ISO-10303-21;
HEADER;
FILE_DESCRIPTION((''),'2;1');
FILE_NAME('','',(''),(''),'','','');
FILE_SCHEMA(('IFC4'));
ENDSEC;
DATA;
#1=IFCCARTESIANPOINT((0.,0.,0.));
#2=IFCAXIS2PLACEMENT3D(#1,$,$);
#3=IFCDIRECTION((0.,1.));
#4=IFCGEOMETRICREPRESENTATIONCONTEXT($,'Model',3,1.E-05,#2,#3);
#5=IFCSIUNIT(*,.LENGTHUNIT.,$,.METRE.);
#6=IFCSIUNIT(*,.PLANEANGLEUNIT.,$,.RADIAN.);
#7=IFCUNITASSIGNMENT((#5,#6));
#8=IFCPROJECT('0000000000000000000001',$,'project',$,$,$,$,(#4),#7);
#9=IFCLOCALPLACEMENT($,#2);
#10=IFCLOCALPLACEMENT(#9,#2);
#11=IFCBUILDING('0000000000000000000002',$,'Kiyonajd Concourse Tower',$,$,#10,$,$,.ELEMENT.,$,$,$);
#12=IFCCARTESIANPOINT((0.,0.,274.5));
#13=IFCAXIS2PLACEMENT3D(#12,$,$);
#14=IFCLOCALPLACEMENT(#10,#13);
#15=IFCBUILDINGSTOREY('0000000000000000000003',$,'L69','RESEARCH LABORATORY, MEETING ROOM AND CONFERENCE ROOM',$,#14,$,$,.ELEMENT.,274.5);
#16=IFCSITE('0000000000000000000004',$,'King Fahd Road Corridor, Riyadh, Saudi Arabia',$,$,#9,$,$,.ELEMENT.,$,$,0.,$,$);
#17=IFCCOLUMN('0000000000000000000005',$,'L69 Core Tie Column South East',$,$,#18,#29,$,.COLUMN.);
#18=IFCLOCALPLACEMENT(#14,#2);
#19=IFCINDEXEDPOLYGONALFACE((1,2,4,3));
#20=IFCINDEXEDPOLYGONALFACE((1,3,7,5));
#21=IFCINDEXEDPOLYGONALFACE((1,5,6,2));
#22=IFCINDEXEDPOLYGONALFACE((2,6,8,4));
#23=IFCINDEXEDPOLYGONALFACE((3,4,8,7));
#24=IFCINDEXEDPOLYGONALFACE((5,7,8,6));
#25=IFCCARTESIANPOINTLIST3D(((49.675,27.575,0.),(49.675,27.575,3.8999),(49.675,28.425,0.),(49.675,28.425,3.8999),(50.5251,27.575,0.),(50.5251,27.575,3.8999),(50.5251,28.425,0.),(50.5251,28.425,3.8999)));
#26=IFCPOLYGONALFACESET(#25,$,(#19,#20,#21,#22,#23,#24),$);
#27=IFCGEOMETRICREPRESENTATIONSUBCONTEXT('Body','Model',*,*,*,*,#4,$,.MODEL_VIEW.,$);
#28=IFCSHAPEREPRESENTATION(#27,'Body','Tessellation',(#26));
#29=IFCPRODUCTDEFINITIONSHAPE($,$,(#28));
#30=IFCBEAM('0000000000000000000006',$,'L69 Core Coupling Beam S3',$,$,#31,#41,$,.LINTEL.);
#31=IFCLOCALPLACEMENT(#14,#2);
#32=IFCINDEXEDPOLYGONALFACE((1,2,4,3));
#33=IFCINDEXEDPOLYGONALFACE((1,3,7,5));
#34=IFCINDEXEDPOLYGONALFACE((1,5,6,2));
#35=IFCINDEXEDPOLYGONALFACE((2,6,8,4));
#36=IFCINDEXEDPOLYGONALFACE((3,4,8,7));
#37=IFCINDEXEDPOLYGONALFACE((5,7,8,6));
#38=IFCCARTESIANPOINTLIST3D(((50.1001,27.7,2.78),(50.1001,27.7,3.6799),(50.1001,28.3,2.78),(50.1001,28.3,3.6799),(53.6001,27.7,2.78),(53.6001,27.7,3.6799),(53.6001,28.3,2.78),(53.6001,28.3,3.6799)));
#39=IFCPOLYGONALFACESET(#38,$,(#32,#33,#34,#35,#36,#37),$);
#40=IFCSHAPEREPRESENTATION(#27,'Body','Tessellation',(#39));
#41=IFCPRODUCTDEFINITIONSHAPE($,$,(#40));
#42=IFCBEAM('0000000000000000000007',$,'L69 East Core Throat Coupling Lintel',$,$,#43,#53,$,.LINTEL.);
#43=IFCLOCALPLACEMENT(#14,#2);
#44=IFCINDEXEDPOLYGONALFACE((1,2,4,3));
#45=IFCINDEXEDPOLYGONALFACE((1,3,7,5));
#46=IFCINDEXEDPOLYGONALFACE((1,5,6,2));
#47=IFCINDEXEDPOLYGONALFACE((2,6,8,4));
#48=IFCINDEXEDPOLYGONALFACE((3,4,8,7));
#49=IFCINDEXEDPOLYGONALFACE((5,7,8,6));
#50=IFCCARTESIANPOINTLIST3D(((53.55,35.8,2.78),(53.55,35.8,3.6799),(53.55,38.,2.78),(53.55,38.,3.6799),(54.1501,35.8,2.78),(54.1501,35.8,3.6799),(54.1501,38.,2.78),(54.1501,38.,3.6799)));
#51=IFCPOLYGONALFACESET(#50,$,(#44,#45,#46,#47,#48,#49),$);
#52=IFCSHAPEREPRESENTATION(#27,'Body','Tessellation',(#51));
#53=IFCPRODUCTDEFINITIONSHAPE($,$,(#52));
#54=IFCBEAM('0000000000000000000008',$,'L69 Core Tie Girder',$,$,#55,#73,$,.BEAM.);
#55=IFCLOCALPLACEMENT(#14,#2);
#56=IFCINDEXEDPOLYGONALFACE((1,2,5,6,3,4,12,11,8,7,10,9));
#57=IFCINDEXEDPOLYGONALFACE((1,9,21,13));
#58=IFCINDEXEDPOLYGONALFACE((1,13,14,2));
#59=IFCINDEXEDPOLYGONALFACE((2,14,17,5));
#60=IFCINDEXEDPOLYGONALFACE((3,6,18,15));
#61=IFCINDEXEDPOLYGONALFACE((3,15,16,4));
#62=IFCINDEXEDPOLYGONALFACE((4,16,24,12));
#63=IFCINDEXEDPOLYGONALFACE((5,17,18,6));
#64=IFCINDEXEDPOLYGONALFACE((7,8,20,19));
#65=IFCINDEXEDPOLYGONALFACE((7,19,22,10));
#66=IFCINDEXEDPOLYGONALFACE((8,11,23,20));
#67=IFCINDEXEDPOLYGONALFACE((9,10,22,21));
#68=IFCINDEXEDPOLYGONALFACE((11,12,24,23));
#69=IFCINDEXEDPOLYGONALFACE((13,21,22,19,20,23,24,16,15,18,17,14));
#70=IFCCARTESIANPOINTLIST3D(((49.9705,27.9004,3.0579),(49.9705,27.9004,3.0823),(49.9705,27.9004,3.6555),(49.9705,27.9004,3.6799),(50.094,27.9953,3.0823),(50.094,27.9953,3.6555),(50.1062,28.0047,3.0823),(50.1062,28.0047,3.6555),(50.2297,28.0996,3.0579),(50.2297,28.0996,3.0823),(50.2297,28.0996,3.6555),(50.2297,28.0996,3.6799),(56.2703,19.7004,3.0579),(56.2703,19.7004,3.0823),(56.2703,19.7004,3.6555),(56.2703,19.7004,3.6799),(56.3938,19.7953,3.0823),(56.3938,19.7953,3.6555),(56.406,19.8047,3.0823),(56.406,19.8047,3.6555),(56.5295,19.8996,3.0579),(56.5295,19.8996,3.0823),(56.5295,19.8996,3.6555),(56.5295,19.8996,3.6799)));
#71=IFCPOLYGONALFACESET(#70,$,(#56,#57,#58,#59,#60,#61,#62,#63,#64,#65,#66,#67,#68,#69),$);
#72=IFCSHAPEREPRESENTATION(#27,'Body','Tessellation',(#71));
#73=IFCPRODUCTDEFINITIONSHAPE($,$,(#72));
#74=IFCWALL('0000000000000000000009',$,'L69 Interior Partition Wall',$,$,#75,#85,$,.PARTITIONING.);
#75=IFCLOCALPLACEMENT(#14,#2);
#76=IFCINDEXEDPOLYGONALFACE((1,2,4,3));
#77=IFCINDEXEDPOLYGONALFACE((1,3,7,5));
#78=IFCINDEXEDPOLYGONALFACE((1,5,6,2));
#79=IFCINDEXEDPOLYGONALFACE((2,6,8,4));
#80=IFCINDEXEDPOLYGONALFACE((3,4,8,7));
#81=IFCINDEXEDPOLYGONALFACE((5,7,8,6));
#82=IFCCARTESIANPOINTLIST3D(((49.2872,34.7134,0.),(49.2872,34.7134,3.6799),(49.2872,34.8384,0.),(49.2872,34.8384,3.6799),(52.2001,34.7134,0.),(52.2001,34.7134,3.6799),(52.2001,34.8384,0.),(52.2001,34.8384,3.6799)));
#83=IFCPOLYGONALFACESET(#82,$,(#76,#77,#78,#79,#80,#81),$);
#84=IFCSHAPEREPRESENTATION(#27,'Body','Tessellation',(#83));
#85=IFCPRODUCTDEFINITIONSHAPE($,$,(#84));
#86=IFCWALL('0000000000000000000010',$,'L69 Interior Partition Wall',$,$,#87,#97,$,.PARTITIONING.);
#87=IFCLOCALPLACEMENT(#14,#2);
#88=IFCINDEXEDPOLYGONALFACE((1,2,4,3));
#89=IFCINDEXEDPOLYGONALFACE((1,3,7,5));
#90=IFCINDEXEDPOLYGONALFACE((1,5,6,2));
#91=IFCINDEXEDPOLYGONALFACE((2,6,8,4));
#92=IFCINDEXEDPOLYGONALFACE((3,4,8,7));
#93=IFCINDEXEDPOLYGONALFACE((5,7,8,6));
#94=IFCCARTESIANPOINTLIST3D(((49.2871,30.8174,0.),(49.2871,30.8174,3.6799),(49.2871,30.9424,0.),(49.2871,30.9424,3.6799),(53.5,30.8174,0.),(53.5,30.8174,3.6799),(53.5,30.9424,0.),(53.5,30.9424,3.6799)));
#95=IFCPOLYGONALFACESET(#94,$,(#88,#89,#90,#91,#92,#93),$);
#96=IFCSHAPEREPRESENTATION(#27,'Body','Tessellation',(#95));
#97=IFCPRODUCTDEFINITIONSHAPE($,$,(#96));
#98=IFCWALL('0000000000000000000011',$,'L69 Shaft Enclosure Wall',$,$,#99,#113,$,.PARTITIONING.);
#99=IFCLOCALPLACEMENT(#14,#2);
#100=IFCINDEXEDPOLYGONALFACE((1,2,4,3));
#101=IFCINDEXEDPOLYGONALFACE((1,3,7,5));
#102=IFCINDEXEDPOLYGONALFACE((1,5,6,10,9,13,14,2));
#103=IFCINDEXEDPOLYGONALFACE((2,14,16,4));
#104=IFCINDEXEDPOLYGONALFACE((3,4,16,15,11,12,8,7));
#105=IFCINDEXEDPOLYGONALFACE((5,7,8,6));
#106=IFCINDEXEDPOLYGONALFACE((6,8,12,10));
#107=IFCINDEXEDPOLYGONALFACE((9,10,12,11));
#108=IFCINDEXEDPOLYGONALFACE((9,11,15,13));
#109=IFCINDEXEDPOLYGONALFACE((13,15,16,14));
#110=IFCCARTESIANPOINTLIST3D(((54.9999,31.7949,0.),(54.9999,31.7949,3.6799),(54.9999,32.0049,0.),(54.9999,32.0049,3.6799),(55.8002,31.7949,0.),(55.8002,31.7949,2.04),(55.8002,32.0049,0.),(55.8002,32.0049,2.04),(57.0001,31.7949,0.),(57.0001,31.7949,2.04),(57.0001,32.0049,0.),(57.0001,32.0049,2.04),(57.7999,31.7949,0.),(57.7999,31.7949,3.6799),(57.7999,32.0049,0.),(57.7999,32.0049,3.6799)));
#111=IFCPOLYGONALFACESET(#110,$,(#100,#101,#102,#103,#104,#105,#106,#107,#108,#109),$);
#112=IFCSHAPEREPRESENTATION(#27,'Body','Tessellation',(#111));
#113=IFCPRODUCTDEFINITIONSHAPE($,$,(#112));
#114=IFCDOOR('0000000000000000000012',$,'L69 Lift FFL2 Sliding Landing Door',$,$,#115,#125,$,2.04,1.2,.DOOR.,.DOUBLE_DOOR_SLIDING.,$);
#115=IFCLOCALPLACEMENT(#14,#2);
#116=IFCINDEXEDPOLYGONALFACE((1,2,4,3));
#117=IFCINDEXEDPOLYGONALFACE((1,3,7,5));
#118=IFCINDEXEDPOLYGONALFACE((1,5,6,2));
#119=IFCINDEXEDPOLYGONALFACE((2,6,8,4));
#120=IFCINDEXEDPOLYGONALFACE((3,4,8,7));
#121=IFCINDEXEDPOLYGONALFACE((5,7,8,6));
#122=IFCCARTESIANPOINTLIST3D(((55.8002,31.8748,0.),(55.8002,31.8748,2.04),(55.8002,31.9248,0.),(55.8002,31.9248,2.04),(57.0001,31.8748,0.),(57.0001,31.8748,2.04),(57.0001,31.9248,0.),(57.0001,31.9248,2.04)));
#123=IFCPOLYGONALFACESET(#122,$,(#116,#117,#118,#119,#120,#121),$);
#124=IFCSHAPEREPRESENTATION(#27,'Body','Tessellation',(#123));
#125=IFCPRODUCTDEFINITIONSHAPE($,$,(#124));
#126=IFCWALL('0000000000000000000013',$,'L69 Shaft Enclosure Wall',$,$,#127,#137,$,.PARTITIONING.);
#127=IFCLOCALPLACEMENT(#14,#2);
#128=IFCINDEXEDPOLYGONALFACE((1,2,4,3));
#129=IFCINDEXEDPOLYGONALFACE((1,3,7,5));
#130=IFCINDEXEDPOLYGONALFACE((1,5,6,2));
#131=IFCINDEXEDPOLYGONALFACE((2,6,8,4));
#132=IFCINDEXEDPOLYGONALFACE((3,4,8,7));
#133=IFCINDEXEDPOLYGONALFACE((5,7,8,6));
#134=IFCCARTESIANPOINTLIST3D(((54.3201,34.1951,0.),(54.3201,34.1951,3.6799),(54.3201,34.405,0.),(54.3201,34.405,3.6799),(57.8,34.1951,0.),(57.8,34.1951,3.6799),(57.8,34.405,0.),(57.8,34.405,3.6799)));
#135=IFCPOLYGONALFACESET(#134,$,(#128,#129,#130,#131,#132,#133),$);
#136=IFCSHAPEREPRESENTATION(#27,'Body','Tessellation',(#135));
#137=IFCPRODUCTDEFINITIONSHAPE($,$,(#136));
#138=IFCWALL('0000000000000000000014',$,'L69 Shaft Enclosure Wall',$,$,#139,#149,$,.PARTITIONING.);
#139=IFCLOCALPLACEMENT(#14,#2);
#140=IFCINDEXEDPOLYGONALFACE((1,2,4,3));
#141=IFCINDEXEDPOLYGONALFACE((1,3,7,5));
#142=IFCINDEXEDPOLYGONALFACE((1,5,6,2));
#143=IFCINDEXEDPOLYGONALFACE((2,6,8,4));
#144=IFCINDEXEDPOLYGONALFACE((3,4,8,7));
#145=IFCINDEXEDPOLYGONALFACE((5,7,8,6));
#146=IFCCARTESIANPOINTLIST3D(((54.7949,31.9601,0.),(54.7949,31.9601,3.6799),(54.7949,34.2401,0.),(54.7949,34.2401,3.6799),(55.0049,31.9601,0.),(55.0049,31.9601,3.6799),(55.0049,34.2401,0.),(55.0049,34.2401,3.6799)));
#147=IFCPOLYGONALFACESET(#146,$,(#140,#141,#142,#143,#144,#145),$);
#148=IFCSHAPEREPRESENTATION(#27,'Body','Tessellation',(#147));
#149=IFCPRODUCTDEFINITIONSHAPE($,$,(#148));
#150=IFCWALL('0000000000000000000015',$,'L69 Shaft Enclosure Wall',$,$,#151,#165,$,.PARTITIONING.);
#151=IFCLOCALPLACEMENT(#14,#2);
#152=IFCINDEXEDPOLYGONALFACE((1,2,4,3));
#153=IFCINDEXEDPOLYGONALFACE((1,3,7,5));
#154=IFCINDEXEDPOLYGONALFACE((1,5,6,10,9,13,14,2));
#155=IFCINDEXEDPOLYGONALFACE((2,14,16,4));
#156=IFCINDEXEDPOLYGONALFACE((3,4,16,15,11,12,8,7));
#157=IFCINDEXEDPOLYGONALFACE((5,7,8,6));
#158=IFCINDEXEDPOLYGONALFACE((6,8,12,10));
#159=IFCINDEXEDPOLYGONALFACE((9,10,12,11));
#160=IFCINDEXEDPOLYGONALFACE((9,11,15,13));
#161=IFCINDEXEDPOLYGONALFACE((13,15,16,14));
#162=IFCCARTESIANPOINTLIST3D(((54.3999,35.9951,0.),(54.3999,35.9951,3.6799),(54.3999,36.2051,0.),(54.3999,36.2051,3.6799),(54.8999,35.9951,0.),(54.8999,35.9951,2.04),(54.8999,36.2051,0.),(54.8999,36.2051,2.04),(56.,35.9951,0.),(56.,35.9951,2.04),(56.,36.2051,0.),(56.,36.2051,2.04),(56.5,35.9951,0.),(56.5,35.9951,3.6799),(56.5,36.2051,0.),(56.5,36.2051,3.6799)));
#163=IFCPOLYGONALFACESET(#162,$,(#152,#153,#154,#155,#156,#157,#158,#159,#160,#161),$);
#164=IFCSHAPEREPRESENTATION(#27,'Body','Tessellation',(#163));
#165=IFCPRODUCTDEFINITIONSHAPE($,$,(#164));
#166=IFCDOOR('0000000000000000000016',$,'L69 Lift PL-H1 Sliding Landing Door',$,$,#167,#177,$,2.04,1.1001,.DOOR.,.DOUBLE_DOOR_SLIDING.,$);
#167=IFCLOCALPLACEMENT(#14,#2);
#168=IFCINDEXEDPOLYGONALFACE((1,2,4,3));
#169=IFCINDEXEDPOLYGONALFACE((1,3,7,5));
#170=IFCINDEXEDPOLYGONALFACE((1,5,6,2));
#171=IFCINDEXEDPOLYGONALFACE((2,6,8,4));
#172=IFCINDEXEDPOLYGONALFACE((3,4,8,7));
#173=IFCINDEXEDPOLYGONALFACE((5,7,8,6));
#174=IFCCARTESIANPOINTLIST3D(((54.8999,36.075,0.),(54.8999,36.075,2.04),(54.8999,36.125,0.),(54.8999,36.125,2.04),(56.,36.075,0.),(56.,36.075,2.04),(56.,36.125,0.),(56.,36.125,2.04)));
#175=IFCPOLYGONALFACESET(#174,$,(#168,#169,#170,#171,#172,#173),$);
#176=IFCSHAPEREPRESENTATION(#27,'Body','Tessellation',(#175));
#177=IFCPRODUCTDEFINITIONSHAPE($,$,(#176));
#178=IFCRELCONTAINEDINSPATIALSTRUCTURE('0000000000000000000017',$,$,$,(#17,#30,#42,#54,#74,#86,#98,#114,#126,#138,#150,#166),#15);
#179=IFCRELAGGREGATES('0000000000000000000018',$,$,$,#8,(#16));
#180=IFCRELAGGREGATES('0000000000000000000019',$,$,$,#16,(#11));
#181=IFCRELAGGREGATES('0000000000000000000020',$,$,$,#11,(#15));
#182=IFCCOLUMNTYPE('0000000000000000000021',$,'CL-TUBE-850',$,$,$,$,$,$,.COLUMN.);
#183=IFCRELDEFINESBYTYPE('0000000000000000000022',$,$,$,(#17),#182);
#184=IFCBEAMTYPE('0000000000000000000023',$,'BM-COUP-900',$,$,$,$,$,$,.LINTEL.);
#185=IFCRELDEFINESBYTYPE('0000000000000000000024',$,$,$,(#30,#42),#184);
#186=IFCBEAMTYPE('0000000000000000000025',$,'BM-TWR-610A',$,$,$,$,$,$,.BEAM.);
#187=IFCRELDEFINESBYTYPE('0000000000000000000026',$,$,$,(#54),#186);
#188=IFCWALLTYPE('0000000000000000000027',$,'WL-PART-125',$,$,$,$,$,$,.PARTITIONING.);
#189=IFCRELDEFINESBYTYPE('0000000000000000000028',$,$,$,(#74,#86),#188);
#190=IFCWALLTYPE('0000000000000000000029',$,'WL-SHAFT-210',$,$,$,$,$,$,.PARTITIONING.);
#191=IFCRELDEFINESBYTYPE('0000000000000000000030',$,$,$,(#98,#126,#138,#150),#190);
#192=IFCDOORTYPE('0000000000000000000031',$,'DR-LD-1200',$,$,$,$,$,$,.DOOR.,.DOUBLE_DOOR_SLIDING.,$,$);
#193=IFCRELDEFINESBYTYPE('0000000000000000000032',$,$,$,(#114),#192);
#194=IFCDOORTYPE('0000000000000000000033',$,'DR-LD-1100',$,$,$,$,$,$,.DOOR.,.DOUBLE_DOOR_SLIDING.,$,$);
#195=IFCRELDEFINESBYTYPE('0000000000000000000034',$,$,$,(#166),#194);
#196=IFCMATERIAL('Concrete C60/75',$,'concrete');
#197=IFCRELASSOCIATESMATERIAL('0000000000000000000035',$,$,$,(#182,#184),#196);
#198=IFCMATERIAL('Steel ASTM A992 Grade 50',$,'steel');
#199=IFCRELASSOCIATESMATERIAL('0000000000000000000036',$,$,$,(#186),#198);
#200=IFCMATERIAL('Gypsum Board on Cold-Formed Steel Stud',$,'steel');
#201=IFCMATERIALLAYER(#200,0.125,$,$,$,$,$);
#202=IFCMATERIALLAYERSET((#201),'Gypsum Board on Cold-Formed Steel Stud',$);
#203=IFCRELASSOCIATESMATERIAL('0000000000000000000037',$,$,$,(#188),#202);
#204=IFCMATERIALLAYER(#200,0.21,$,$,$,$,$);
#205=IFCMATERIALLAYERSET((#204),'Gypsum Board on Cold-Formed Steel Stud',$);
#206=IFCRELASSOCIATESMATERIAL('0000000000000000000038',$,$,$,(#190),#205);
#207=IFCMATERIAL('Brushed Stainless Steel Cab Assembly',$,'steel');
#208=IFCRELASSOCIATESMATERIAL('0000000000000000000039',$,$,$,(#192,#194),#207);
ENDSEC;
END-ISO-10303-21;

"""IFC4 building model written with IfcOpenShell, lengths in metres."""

from ifc_helpers import new_model, si_unit, direction, frame, frame_2d, origin, origin_2d, place, context, subcontext, project, spatial, rectangle, i_section, extrude, material, layer, layer_set, material_profile, profile_set, type_object, element, fill, save


model = new_model("IFC4")

# Units and contexts
model_context = context("Model", 3, precision=1e-05, world=origin(), true_north=direction((0.0, 1.0)))
body_context = subcontext(model_context, "Body", "Model", "MODEL_VIEW")
ifc_project = project(units=[si_unit("LENGTHUNIT", "METRE"), si_unit("PLANEANGLEUNIT", "RADIAN")], contexts=[model_context])

# Site, building, storey
site_placement = place(None, origin())
site = spatial("IfcSite", under=ifc_project, at=site_placement, Name="King Fahd Road Corridor, Riyadh, Saudi Arabia", CompositionType="ELEMENT", RefElevation=0.0)
building_placement = place(site_placement, origin())
building = spatial("IfcBuilding", under=site, at=building_placement, Name="Kiyonajd Concourse Tower", CompositionType="ELEMENT")
storey_placement = place(building_placement, frame((0.0, 0.0, 274.5)))
storey = spatial("IfcBuildingStorey", under=building, at=storey_placement, Name="L69", Description="RESEARCH LABORATORY, MEETING ROOM AND CONFERENCE ROOM", CompositionType="ELEMENT", Elevation=274.5)

# Column
ifc_material_1 = material(Name="Concrete C60/75", Category="concrete")
ifc_material_profile_1 = material_profile(ifc_material_1, rectangle(XDim=0.8501, YDim=0.8501, at=origin_2d()), Name="RC-850x850")
ifc_profile_set_1 = profile_set([ifc_material_profile_1], Name="Concrete C60/75")
column_type = type_object("IfcColumnType", Name="CL-TUBE-850", PredefinedType="COLUMN", material=ifc_profile_set_1)
column_placement = place(storey_placement, frame((50.1001, 28.0, 0.0), z_axis=(0.0, 0.0, 1.0), x_axis=(1.0, 0.0, 0.0)))
element("IfcColumn", 1, at=column_placement, inside=storey, type_object=column_type, Name="L69 Core Tie Column South East", PredefinedType="COLUMN", context=body_context, shape_type="SweptSolid", body=[
    extrude(rectangle(XDim=0.8501, YDim=0.8501, at=origin_2d()), origin(), (0.0, 0.0, 1.0), 3.8999),
])

# Beams
ifc_material_profile_2 = material_profile(ifc_material_1, rectangle(XDim=0.6001, YDim=0.8999, at=origin_2d()), Name="RCBM-600x900")
ifc_profile_set_2 = profile_set([ifc_material_profile_2], Name="Concrete C60/75")
beam_type_1 = type_object("IfcBeamType", Name="BM-COUP-900", PredefinedType="LINTEL", material=ifc_profile_set_2)
beam_1_placement = place(storey_placement, frame((50.1001, 28.0, 3.23), z_axis=(1.0, 0.0, 0.0), x_axis=(0.0, 1.0, 0.0)))
element("IfcBeam", 2, at=beam_1_placement, inside=storey, type_object=beam_type_1, Name="L69 Core Coupling Beam S3", PredefinedType="LINTEL", context=body_context, shape_type="SweptSolid", body=[
    extrude(rectangle(XDim=0.6001, YDim=0.8999, at=origin_2d()), origin(), (0.0, 0.0, 1.0), 3.5),
])
beam_2_placement = place(storey_placement, frame((53.8501, 35.8, 3.23), z_axis=(0.0, 1.0, 0.0), x_axis=(-1.0, 0.0, 0.0)))
element("IfcBeam", 3, at=beam_2_placement, inside=storey, type_object=beam_type_1, Name="L69 East Core Throat Coupling Lintel", PredefinedType="LINTEL", context=body_context, shape_type="SweptSolid", body=[
    extrude(rectangle(XDim=0.6001, YDim=0.8999, at=origin_2d()), origin(), (0.0, 0.0, 1.0), 2.2),
])
ifc_material_2 = material(Name="Steel ASTM A992 Grade 50", Category="steel")
ifc_material_profile_3 = material_profile(ifc_material_2, i_section(OverallWidth=0.3269, OverallDepth=0.6221, WebThickness=0.0154, FlangeThickness=0.0244, at=origin_2d()), Name="W610X195")
ifc_profile_set_3 = profile_set([ifc_material_profile_3], Name="Steel ASTM A992 Grade 50")
beam_type_2 = type_object("IfcBeamType", Name="BM-TWR-610A", PredefinedType="BEAM", material=ifc_profile_set_3)
beam_3_placement = place(storey_placement, frame((50.1001, 28.0, 3.3689), z_axis=(0.609234, -0.792991, 0.0), x_axis=(0.792991, 0.609234, 0.0)))
element("IfcBeam", 4, at=beam_3_placement, inside=storey, type_object=beam_type_2, Name="L69 Core Tie Girder", PredefinedType="BEAM", context=body_context, shape_type="SweptSolid", body=[
    extrude(i_section(OverallWidth=0.3269, OverallDepth=0.6221, WebThickness=0.0154, FlangeThickness=0.0244, at=origin_2d()), origin(), (0.0, 0.0, 1.0), 10.3406),
])

# Walls
ifc_material_3 = material(Name="Gypsum Board on Cold-Formed Steel Stud", Category="steel")
ifc_layer_1 = layer(ifc_material_3, 0.125)
ifc_layer_set_1 = layer_set([ifc_layer_1], Name="Gypsum Board on Cold-Formed Steel Stud")
wall_type_1 = type_object("IfcWallType", Name="WL-PART-125", PredefinedType="PARTITIONING", material=ifc_layer_set_1)
wall_1_placement = place(storey_placement, frame((49.2871, 34.7759, 0.0), z_axis=(0.0, 0.0, 1.0), x_axis=(1.0, 0.0, 0.0)))
element("IfcWall", 5, at=wall_1_placement, inside=storey, type_object=wall_type_1, Name="L69 Interior Partition Wall", PredefinedType="PARTITIONING", context=body_context, shape_type="SweptSolid", body=[
    extrude(rectangle(XDim=2.9128, YDim=0.125, at=frame_2d((1.4565, 0.0))), origin(), (0.0, 0.0, 1.0), 3.6799),
])
wall_2_placement = place(storey_placement, frame((49.2871, 30.8799, 0.0), z_axis=(0.0, 0.0, 1.0), x_axis=(1.0, 0.0, 0.0)))
element("IfcWall", 6, at=wall_2_placement, inside=storey, type_object=wall_type_1, Name="L69 Interior Partition Wall", PredefinedType="PARTITIONING", context=body_context, shape_type="SweptSolid", body=[
    extrude(rectangle(XDim=4.2129, YDim=0.125, at=frame_2d((2.1064, 0.0))), origin(), (0.0, 0.0, 1.0), 3.6799),
])

# Wall, opening, door
ifc_layer_2 = layer(ifc_material_3, 0.21)
ifc_layer_set_2 = layer_set([ifc_layer_2], Name="Gypsum Board on Cold-Formed Steel Stud")
wall_type_2 = type_object("IfcWallType", Name="WL-SHAFT-210", PredefinedType="PARTITIONING", material=ifc_layer_set_2)
wall_3_placement = place(storey_placement, frame((55.0, 31.8999, 0.0), z_axis=(0.0, 0.0, 1.0), x_axis=(1.0, 0.0, 0.0)))
wall_3 = element("IfcWall", 7, at=wall_3_placement, inside=storey, type_object=wall_type_2, Name="L69 Shaft Enclosure Wall", PredefinedType="PARTITIONING", context=body_context, shape_type="SweptSolid", body=[
    extrude(rectangle(XDim=2.8, YDim=0.21, at=frame_2d((1.3999, 0.0))), origin(), (0.0, 0.0, 1.0), 3.6799),
])
opening_1_placement = place(wall_3_placement, frame((0.8, 0.0, 0.0)))
opening_1 = element("IfcOpeningElement", 8, at=opening_1_placement, cuts=wall_3, PredefinedType="OPENING", context=body_context, shape_type="SweptSolid", body=[
    extrude(rectangle(XDim=1.2, YDim=2.04, at=frame_2d((0.6001, 1.02))), frame((0.0, 0.115, 0.0), z_axis=(0.0, -1.0, 0.0), x_axis=(1.0, 0.0, 0.0)), (0.0, 0.0, 1.0), 0.23),
])
ifc_material_4 = material(Name="Brushed Stainless Steel Cab Assembly", Category="steel")
door_type_1 = type_object("IfcDoorType", Name="DR-LD-1200", OperationType="DOUBLE_DOOR_SLIDING", PredefinedType="DOOR", material=ifc_material_4)
door_1_placement = place(opening_1_placement, origin())
door_1 = element("IfcDoor", 9, at=door_1_placement, inside=storey, type_object=door_type_1, Name="L69 Lift FFL2 Sliding Landing Door", OperationType="DOUBLE_DOOR_SLIDING", OverallHeight=2.04, OverallWidth=1.2, PredefinedType="DOOR", context=body_context, shape_type="SweptSolid", body=[
    extrude(rectangle(XDim=1.2, YDim=2.04, at=frame_2d((0.6001, 1.02))), frame((0.0, 0.0249, 0.0), z_axis=(0.0, -1.0, 0.0), x_axis=(1.0, 0.0, 0.0)), (0.0, 0.0, 1.0), 0.05),
])
fill(opening_1, door_1)

# Walls
wall_4_placement = place(storey_placement, frame((54.3201, 34.3, 0.0), z_axis=(0.0, 0.0, 1.0), x_axis=(1.0, 0.0, 0.0)))
element("IfcWall", 10, at=wall_4_placement, inside=storey, type_object=wall_type_2, Name="L69 Shaft Enclosure Wall", PredefinedType="PARTITIONING", context=body_context, shape_type="SweptSolid", body=[
    extrude(rectangle(XDim=3.48, YDim=0.21, at=frame_2d((1.74, 0.0))), origin(), (0.0, 0.0, 1.0), 3.6799),
])
wall_5_placement = place(storey_placement, frame((54.8999, 31.96, 0.0), z_axis=(0.0, 0.0, 1.0), x_axis=(0.0, 1.0, 0.0)))
element("IfcWall", 11, at=wall_5_placement, inside=storey, type_object=wall_type_2, Name="L69 Shaft Enclosure Wall", PredefinedType="PARTITIONING", context=body_context, shape_type="SweptSolid", body=[
    extrude(rectangle(XDim=2.28, YDim=0.21, at=frame_2d((1.1401, 0.0))), origin(), (0.0, 0.0, 1.0), 3.6799),
])

# Wall, opening, door
wall_6_placement = place(storey_placement, frame((54.3999, 36.1001, 0.0), z_axis=(0.0, 0.0, 1.0), x_axis=(1.0, 0.0, 0.0)))
wall_6 = element("IfcWall", 12, at=wall_6_placement, inside=storey, type_object=wall_type_2, Name="L69 Shaft Enclosure Wall", PredefinedType="PARTITIONING", context=body_context, shape_type="SweptSolid", body=[
    extrude(rectangle(XDim=2.1001, YDim=0.21, at=frame_2d((1.05, 0.0))), origin(), (0.0, 0.0, 1.0), 3.6799),
])
opening_2_placement = place(wall_6_placement, frame((0.5, 0.0, 0.0)))
opening_2 = element("IfcOpeningElement", 13, at=opening_2_placement, cuts=wall_6, PredefinedType="OPENING", context=body_context, shape_type="SweptSolid", body=[
    extrude(rectangle(XDim=1.1001, YDim=2.04, at=frame_2d((0.55, 1.02))), frame((0.0, 0.115, 0.0), z_axis=(0.0, -1.0, 0.0), x_axis=(1.0, 0.0, 0.0)), (0.0, 0.0, 1.0), 0.23),
])
door_type_2 = type_object("IfcDoorType", Name="DR-LD-1100", OperationType="DOUBLE_DOOR_SLIDING", PredefinedType="DOOR", material=ifc_material_4)
door_2_placement = place(opening_2_placement, origin())
door_2 = element("IfcDoor", 14, at=door_2_placement, inside=storey, type_object=door_type_2, Name="L69 Lift PL-H1 Sliding Landing Door", OperationType="DOUBLE_DOOR_SLIDING", OverallHeight=2.04, OverallWidth=1.1001, PredefinedType="DOOR", context=body_context, shape_type="SweptSolid", body=[
    extrude(rectangle(XDim=1.1001, YDim=2.04, at=frame_2d((0.55, 1.02))), frame((0.0, 0.0249, 0.0), z_axis=(0.0, -1.0, 0.0), x_axis=(1.0, 0.0, 0.0)), (0.0, 0.0, 1.0), 0.05),
])
fill(opening_2, door_2)

save(model, "model.ifc")
